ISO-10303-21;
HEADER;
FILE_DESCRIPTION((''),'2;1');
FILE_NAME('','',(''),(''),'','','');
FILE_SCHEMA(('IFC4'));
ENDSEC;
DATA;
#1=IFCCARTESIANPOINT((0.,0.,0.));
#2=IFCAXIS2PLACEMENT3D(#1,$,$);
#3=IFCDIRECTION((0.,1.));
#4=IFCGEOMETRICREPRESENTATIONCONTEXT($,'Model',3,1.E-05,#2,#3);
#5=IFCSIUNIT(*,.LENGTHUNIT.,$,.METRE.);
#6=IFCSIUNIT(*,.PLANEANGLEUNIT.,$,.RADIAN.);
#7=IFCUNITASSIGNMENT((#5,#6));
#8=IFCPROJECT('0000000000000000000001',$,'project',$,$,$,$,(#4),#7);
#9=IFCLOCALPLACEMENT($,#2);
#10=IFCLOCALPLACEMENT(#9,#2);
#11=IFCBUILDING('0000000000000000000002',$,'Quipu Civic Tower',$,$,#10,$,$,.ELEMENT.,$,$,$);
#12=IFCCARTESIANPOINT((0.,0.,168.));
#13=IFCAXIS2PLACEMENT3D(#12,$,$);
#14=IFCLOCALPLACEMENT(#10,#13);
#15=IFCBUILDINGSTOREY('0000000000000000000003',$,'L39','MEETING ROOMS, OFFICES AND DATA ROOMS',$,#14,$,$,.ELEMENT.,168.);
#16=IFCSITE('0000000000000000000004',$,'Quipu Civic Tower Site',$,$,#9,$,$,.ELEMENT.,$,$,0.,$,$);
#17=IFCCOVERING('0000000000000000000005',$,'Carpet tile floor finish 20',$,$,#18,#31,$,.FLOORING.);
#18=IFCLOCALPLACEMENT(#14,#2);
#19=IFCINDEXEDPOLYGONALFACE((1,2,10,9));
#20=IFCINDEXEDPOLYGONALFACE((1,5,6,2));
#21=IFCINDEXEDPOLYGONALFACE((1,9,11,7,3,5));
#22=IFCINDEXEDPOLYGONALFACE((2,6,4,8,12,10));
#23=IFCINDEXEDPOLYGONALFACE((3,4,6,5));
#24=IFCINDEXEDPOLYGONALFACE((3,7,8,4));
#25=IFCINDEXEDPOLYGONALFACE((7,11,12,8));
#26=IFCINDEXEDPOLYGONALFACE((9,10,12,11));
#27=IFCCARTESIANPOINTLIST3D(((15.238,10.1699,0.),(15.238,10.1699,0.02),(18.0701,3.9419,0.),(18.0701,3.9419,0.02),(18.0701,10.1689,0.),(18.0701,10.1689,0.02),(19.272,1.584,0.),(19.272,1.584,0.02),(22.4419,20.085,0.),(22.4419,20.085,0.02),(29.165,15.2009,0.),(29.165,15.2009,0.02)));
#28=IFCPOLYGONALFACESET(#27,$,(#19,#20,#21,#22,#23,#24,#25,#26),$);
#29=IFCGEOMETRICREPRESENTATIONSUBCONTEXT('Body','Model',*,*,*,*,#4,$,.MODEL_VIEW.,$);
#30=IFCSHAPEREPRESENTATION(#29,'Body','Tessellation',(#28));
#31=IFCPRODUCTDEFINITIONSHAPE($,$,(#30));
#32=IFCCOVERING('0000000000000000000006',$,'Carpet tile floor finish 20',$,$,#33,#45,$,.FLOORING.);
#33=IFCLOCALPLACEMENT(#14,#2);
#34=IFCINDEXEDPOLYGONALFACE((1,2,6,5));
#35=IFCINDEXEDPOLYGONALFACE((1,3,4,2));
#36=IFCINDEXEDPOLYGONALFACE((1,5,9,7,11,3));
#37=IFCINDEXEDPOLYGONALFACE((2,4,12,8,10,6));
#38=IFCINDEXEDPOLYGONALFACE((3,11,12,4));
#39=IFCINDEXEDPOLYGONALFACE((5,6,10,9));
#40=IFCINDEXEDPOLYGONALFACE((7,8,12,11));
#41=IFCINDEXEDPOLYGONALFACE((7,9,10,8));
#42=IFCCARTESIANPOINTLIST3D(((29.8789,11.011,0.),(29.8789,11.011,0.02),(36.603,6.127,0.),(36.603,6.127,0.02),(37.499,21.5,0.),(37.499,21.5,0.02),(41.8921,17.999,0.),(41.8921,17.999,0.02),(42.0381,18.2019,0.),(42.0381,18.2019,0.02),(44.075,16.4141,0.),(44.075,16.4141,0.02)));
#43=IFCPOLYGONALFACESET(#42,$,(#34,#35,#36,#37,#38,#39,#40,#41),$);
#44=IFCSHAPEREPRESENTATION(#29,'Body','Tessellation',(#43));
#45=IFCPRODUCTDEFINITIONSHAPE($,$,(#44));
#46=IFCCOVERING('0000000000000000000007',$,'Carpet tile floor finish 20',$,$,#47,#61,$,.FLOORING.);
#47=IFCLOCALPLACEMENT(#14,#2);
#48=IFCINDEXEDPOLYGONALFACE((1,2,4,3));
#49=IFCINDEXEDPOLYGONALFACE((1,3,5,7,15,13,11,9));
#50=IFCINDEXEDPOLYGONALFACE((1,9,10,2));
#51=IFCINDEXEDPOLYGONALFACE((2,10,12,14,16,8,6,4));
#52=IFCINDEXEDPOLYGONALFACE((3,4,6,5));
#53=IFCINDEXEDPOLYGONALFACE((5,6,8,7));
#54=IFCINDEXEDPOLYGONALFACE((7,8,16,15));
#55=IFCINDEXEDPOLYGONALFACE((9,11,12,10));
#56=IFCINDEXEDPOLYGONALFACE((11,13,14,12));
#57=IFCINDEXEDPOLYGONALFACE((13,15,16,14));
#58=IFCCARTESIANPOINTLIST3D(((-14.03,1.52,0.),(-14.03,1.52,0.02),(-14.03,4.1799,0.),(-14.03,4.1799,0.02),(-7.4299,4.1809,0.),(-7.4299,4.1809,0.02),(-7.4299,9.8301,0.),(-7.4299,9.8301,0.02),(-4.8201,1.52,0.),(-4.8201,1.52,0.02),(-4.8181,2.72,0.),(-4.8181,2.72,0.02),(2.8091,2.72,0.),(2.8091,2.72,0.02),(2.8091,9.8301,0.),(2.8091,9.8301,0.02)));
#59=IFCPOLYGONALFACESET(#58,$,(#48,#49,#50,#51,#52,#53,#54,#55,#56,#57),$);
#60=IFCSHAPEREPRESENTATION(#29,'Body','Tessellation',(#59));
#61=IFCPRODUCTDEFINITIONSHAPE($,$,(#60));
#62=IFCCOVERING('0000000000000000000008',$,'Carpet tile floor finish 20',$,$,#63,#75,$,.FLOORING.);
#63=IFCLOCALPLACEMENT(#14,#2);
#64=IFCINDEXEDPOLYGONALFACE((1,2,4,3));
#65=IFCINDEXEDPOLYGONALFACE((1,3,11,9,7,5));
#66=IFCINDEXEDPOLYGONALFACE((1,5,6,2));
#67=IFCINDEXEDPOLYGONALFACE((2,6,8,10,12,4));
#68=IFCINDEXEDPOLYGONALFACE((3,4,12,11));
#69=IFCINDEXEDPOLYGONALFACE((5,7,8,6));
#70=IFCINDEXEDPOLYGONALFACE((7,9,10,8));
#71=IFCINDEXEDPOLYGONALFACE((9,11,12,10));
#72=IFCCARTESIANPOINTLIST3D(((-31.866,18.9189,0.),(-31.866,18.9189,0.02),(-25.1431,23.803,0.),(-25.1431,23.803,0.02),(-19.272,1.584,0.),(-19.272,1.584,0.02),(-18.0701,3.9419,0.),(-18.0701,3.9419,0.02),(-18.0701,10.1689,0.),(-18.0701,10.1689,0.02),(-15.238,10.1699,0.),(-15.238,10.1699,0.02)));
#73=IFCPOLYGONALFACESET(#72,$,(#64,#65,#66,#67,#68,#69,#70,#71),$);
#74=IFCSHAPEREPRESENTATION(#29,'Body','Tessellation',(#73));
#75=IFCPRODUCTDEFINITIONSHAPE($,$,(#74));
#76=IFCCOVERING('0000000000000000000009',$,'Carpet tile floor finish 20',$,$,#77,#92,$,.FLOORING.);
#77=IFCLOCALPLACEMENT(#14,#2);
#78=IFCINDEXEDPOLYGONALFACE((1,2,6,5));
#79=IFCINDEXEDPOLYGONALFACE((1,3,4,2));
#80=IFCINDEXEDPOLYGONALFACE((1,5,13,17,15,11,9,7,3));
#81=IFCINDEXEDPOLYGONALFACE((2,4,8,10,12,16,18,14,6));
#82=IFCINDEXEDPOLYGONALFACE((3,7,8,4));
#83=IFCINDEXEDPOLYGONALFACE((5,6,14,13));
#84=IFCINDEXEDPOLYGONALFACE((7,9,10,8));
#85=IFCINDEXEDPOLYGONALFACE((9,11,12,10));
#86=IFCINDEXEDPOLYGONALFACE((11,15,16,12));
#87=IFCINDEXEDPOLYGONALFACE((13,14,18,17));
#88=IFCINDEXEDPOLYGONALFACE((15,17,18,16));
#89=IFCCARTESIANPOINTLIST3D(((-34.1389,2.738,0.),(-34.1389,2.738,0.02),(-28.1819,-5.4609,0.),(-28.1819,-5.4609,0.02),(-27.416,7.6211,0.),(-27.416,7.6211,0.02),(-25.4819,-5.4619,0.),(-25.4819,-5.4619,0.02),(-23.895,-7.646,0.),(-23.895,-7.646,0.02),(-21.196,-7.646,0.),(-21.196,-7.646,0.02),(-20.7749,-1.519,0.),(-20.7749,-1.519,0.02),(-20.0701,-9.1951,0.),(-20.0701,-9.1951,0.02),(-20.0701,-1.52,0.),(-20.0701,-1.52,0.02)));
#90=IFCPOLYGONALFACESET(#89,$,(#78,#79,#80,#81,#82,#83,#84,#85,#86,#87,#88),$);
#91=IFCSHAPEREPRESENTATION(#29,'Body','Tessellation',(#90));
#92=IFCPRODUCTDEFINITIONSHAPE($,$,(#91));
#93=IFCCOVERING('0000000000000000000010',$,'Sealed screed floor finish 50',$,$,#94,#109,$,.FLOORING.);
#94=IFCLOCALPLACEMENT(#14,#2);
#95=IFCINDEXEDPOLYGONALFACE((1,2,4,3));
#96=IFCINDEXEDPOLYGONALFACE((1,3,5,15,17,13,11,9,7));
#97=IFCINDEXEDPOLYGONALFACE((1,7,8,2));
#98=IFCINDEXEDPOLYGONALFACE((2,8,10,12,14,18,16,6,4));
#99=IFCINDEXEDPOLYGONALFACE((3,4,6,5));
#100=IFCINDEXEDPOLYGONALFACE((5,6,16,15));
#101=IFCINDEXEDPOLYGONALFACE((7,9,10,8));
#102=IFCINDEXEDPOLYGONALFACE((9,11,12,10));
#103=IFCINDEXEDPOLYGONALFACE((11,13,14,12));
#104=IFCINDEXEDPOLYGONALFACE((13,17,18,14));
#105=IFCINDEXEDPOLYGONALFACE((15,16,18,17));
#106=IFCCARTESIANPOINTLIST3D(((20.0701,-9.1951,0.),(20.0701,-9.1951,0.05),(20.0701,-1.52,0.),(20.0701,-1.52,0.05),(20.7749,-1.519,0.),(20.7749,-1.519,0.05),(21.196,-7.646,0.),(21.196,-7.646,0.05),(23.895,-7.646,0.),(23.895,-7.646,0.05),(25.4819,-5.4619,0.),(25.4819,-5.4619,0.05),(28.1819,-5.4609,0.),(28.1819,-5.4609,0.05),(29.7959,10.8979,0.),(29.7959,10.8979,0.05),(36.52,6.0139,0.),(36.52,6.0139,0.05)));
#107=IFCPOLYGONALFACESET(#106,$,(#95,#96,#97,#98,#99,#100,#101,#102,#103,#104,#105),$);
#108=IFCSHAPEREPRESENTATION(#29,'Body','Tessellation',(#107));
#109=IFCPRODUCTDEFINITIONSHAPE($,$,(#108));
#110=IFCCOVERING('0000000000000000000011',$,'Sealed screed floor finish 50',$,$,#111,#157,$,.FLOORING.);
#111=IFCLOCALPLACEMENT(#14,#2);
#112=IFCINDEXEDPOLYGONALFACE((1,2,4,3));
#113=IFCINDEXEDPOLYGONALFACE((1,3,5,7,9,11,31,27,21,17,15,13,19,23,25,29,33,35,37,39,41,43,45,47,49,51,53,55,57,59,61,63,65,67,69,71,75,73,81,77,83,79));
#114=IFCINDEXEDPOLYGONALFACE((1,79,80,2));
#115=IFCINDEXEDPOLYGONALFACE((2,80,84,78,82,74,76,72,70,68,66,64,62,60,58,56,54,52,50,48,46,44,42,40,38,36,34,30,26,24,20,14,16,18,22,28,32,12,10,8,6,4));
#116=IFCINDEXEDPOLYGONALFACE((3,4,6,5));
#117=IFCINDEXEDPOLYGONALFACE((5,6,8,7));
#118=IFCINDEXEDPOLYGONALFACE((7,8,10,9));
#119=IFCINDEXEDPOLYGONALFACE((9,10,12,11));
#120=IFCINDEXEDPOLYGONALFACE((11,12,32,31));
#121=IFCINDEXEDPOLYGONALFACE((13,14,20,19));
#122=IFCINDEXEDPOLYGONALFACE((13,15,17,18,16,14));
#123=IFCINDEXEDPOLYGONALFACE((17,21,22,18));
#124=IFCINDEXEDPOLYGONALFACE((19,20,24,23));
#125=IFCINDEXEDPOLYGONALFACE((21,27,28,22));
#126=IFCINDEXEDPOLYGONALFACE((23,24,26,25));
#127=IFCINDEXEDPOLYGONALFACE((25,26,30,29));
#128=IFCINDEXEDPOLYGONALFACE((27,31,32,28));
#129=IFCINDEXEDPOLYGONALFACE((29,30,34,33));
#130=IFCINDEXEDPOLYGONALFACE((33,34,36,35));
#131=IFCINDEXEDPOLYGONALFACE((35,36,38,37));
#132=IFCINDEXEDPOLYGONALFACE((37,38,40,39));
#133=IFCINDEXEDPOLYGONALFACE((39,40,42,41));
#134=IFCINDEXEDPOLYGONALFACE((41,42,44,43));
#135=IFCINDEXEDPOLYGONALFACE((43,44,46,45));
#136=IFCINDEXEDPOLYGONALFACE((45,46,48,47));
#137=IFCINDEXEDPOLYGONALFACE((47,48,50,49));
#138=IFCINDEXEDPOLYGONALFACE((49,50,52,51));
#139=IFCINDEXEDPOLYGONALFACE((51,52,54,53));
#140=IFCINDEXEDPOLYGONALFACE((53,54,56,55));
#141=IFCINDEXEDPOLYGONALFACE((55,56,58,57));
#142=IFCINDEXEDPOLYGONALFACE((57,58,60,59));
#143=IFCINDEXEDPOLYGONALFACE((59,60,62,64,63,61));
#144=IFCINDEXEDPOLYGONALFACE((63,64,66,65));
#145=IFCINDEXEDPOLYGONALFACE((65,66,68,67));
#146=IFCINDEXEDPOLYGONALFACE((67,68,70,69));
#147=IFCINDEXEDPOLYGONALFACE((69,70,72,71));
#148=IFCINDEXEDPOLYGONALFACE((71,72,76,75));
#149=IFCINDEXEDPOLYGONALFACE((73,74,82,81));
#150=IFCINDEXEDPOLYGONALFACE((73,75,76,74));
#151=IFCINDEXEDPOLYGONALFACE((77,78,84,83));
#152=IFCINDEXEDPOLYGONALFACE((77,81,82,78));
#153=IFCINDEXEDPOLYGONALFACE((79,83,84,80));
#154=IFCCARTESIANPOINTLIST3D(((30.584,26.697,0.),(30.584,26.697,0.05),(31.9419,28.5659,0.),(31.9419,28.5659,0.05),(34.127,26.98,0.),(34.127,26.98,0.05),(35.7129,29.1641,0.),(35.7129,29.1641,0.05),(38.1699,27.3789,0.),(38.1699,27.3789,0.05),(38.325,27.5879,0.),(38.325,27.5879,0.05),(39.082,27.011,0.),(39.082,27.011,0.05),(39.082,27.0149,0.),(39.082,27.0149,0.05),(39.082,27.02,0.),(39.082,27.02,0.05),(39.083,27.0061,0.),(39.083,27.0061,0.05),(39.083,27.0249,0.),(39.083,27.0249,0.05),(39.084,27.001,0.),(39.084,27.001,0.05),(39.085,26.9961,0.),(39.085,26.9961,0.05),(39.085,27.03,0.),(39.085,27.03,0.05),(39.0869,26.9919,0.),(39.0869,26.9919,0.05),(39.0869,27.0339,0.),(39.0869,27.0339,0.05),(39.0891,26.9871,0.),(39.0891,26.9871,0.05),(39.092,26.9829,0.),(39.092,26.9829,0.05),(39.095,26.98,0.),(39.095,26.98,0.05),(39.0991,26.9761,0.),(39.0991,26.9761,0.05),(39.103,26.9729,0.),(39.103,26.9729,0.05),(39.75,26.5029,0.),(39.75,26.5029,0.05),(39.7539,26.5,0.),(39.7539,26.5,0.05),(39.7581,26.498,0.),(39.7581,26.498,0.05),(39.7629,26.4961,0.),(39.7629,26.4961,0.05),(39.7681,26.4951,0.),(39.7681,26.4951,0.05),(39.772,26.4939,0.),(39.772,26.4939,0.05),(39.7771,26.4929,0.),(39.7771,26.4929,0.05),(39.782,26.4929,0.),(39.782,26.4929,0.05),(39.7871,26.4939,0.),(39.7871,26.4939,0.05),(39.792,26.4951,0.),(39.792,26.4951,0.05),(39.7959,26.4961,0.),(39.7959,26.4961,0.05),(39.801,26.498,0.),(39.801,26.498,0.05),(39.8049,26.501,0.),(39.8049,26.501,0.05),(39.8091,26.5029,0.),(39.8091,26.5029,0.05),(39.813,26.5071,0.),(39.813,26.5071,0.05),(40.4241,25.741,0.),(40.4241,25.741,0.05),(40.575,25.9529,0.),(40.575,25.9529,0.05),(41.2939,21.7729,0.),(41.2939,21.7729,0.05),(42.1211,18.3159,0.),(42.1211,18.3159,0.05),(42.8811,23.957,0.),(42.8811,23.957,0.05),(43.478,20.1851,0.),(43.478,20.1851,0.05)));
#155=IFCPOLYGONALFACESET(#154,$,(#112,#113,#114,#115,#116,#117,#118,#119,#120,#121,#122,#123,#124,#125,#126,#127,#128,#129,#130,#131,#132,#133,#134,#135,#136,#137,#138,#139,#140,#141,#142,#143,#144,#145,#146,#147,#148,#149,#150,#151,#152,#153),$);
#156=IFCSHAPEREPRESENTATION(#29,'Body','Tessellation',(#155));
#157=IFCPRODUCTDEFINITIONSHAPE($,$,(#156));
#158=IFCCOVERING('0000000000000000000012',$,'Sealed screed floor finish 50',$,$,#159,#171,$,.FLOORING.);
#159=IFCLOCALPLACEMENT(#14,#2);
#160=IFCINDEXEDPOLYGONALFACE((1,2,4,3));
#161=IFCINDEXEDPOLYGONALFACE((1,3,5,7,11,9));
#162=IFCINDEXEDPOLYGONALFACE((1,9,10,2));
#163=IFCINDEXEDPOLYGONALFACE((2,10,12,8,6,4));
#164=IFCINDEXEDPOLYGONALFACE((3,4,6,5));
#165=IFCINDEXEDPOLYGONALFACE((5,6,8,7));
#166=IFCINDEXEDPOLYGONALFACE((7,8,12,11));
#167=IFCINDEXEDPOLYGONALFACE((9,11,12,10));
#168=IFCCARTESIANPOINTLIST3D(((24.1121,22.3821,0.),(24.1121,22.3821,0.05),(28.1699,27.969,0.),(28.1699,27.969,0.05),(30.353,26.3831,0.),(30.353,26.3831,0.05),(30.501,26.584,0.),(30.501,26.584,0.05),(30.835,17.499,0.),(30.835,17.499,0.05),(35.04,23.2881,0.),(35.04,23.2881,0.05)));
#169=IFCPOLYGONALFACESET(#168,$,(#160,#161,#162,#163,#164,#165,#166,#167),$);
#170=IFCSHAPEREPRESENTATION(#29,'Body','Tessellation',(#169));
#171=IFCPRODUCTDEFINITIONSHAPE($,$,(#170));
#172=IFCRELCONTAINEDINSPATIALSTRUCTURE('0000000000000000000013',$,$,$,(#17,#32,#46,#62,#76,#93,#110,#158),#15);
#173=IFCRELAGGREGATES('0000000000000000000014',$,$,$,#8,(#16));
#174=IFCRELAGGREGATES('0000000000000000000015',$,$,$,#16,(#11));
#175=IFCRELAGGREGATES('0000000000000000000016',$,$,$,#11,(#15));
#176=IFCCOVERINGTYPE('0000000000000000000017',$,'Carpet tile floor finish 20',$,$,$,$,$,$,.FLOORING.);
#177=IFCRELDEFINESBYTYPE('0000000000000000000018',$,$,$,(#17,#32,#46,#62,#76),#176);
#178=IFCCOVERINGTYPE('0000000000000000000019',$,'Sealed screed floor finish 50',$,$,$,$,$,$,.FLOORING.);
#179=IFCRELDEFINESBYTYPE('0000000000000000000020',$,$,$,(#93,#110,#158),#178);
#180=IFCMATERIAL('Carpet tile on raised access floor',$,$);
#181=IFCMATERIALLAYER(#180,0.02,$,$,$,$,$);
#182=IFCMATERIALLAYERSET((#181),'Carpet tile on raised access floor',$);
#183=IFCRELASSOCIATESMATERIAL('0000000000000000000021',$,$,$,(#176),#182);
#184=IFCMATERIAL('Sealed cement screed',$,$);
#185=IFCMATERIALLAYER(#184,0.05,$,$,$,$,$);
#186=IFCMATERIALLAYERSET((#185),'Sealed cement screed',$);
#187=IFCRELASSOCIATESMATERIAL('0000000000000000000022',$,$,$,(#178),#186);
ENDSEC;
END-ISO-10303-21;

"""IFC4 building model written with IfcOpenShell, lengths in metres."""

from ifc_helpers import new_model, si_unit, direction, frame, origin, place, context, subcontext, project, spatial, polyline, outline, extrude, material, layer, layer_set, type_object, element, save


model = new_model("IFC4")

# Units and contexts
model_context = context("Model", 3, precision=1e-05, world=origin(), true_north=direction((0.0, 1.0)))
body_context = subcontext(model_context, "Body", "Model", "MODEL_VIEW")
ifc_project = project(units=[si_unit("LENGTHUNIT", "METRE"), si_unit("PLANEANGLEUNIT", "RADIAN")], contexts=[model_context])

# Site, building, storey
site_placement = place(None, origin())
site = spatial("IfcSite", under=ifc_project, at=site_placement, Name="Quipu Civic Tower Site", CompositionType="ELEMENT", RefElevation=0.0)
building_placement = place(site_placement, origin())
building = spatial("IfcBuilding", under=site, at=building_placement, Name="Quipu Civic Tower", CompositionType="ELEMENT")
storey_placement = place(building_placement, frame((0.0, 0.0, 168.0)))
storey = spatial("IfcBuildingStorey", under=building, at=storey_placement, Name="L39", Description="MEETING ROOMS, OFFICES AND DATA ROOMS", CompositionType="ELEMENT", Elevation=168.0)

# Coverings
ifc_material_1 = material(Name="Carpet tile on raised access floor")
ifc_layer_1 = layer(ifc_material_1, 0.02)
ifc_layer_set_1 = layer_set([ifc_layer_1], Name="Carpet tile on raised access floor")
covering_type_1 = type_object("IfcCoveringType", Name="Carpet tile floor finish 20", PredefinedType="FLOORING", material=ifc_layer_set_1)
covering_1_placement = place(storey_placement, origin())
element("IfcCovering", 1, at=covering_1_placement, inside=storey, type_object=covering_type_1, Name="Carpet tile floor finish 20", PredefinedType="FLOORING", context=body_context, shape_type="SweptSolid", body=[
    extrude(outline(polyline([(15.238, 10.1699), (22.4419, 20.085), (29.165, 15.2009), (19.272, 1.584), (18.0701, 3.9419), (18.0701, 10.1689), (15.238, 10.1699)])), origin(), (0.0, 0.0, 1.0), 0.02),
])
covering_2_placement = place(storey_placement, origin())
element("IfcCovering", 2, at=covering_2_placement, inside=storey, type_object=covering_type_1, Name="Carpet tile floor finish 20", PredefinedType="FLOORING", context=body_context, shape_type="SweptSolid", body=[
    extrude(outline(polyline([(29.8789, 11.011), (37.499, 21.5), (42.0381, 18.2019), (41.8921, 17.999), (44.075, 16.4141), (36.603, 6.127), (29.8789, 11.011)])), origin(), (0.0, 0.0, 1.0), 0.02),
])
covering_3_placement = place(storey_placement, origin())
element("IfcCovering", 3, at=covering_3_placement, inside=storey, type_object=covering_type_1, Name="Carpet tile floor finish 20", PredefinedType="FLOORING", context=body_context, shape_type="SweptSolid", body=[
    extrude(outline(polyline([(-14.03, 1.52), (-14.03, 4.1799), (-7.4299, 4.1809), (-7.4299, 9.8301), (2.8091, 9.8301), (2.8091, 2.72), (-4.8181, 2.72), (-4.8201, 1.52), (-14.03, 1.52)])), origin(), (0.0, 0.0, 1.0), 0.02),
])
covering_4_placement = place(storey_placement, origin())
element("IfcCovering", 4, at=covering_4_placement, inside=storey, type_object=covering_type_1, Name="Carpet tile floor finish 20", PredefinedType="FLOORING", context=body_context, shape_type="SweptSolid", body=[
    extrude(outline(polyline([(-31.866, 18.9189), (-25.1431, 23.803), (-15.238, 10.1699), (-18.0701, 10.1689), (-18.0701, 3.9419), (-19.272, 1.584), (-31.866, 18.9189)])), origin(), (0.0, 0.0, 1.0), 0.02),
])
covering_5_placement = place(storey_placement, origin())
element("IfcCovering", 5, at=covering_5_placement, inside=storey, type_object=covering_type_1, Name="Carpet tile floor finish 20", PredefinedType="FLOORING", context=body_context, shape_type="SweptSolid", body=[
    extrude(outline(polyline([(-34.1389, 2.738), (-27.416, 7.6211), (-20.7749, -1.519), (-20.0701, -1.52), (-20.0701, -9.1951), (-21.196, -7.646), (-23.895, -7.646), (-25.4819, -5.4619), (-28.1819, -5.4609), (-34.1389, 2.738)])), origin(), (0.0, 0.0, 1.0), 0.02),
])
ifc_material_2 = material(Name="Sealed cement screed")
ifc_layer_2 = layer(ifc_material_2, 0.05)
ifc_layer_set_2 = layer_set([ifc_layer_2], Name="Sealed cement screed")
covering_type_2 = type_object("IfcCoveringType", Name="Sealed screed floor finish 50", PredefinedType="FLOORING", material=ifc_layer_set_2)
covering_6_placement = place(storey_placement, origin())
element("IfcCovering", 6, at=covering_6_placement, inside=storey, type_object=covering_type_2, Name="Sealed screed floor finish 50", PredefinedType="FLOORING", context=body_context, shape_type="SweptSolid", body=[
    extrude(outline(polyline([(20.0701, -9.1951), (20.0701, -1.52), (20.7749, -1.519), (29.7959, 10.8979), (36.52, 6.0139), (28.1819, -5.4609), (25.4819, -5.4619), (23.895, -7.646), (21.196, -7.646), (20.0701, -9.1951)])), origin(), (0.0, 0.0, 1.0), 0.05),
])
covering_7_placement = place(storey_placement, origin())
element("IfcCovering", 7, at=covering_7_placement, inside=storey, type_object=covering_type_2, Name="Sealed screed floor finish 50", PredefinedType="FLOORING", context=body_context, shape_type="SweptSolid", body=[
    extrude(outline(polyline([(30.584, 26.697), (31.9419, 28.5659), (34.127, 26.98), (35.7129, 29.1641), (38.1699, 27.3789), (38.325, 27.5879), (39.0869, 27.0339), (39.085, 27.03), (39.083, 27.0249), (39.082, 27.02), (39.082, 27.0149), (39.082, 27.011), (39.083, 27.0061), (39.084, 27.001), (39.085, 26.9961), (39.0869, 26.9919), (39.0891, 26.9871), (39.092, 26.9829), (39.095, 26.98), (39.0991, 26.9761), (39.103, 26.9729), (39.75, 26.5029), (39.7539, 26.5), (39.7581, 26.498), (39.7629, 26.4961), (39.7681, 26.4951), (39.772, 26.4939), (39.7771, 26.4929), (39.782, 26.4929), (39.7871, 26.4939), (39.792, 26.4951), (39.7959, 26.4961), (39.801, 26.498), (39.8049, 26.501), (39.8091, 26.5029), (39.813, 26.5071), (40.575, 25.9529), (40.4241, 25.741), (42.8811, 23.957), (41.2939, 21.7729), (43.478, 20.1851), (42.1211, 18.3159), (30.584, 26.697)])), origin(), (0.0, 0.0, 1.0), 0.05),
])
covering_8_placement = place(storey_placement, origin())
element("IfcCovering", 8, at=covering_8_placement, inside=storey, type_object=covering_type_2, Name="Sealed screed floor finish 50", PredefinedType="FLOORING", context=body_context, shape_type="SweptSolid", body=[
    extrude(outline(polyline([(24.1121, 22.3821), (28.1699, 27.969), (30.353, 26.3831), (30.501, 26.584), (35.04, 23.2881), (30.835, 17.499), (24.1121, 22.3821)])), origin(), (0.0, 0.0, 1.0), 0.05),
])

save(model, "model.ifc")
